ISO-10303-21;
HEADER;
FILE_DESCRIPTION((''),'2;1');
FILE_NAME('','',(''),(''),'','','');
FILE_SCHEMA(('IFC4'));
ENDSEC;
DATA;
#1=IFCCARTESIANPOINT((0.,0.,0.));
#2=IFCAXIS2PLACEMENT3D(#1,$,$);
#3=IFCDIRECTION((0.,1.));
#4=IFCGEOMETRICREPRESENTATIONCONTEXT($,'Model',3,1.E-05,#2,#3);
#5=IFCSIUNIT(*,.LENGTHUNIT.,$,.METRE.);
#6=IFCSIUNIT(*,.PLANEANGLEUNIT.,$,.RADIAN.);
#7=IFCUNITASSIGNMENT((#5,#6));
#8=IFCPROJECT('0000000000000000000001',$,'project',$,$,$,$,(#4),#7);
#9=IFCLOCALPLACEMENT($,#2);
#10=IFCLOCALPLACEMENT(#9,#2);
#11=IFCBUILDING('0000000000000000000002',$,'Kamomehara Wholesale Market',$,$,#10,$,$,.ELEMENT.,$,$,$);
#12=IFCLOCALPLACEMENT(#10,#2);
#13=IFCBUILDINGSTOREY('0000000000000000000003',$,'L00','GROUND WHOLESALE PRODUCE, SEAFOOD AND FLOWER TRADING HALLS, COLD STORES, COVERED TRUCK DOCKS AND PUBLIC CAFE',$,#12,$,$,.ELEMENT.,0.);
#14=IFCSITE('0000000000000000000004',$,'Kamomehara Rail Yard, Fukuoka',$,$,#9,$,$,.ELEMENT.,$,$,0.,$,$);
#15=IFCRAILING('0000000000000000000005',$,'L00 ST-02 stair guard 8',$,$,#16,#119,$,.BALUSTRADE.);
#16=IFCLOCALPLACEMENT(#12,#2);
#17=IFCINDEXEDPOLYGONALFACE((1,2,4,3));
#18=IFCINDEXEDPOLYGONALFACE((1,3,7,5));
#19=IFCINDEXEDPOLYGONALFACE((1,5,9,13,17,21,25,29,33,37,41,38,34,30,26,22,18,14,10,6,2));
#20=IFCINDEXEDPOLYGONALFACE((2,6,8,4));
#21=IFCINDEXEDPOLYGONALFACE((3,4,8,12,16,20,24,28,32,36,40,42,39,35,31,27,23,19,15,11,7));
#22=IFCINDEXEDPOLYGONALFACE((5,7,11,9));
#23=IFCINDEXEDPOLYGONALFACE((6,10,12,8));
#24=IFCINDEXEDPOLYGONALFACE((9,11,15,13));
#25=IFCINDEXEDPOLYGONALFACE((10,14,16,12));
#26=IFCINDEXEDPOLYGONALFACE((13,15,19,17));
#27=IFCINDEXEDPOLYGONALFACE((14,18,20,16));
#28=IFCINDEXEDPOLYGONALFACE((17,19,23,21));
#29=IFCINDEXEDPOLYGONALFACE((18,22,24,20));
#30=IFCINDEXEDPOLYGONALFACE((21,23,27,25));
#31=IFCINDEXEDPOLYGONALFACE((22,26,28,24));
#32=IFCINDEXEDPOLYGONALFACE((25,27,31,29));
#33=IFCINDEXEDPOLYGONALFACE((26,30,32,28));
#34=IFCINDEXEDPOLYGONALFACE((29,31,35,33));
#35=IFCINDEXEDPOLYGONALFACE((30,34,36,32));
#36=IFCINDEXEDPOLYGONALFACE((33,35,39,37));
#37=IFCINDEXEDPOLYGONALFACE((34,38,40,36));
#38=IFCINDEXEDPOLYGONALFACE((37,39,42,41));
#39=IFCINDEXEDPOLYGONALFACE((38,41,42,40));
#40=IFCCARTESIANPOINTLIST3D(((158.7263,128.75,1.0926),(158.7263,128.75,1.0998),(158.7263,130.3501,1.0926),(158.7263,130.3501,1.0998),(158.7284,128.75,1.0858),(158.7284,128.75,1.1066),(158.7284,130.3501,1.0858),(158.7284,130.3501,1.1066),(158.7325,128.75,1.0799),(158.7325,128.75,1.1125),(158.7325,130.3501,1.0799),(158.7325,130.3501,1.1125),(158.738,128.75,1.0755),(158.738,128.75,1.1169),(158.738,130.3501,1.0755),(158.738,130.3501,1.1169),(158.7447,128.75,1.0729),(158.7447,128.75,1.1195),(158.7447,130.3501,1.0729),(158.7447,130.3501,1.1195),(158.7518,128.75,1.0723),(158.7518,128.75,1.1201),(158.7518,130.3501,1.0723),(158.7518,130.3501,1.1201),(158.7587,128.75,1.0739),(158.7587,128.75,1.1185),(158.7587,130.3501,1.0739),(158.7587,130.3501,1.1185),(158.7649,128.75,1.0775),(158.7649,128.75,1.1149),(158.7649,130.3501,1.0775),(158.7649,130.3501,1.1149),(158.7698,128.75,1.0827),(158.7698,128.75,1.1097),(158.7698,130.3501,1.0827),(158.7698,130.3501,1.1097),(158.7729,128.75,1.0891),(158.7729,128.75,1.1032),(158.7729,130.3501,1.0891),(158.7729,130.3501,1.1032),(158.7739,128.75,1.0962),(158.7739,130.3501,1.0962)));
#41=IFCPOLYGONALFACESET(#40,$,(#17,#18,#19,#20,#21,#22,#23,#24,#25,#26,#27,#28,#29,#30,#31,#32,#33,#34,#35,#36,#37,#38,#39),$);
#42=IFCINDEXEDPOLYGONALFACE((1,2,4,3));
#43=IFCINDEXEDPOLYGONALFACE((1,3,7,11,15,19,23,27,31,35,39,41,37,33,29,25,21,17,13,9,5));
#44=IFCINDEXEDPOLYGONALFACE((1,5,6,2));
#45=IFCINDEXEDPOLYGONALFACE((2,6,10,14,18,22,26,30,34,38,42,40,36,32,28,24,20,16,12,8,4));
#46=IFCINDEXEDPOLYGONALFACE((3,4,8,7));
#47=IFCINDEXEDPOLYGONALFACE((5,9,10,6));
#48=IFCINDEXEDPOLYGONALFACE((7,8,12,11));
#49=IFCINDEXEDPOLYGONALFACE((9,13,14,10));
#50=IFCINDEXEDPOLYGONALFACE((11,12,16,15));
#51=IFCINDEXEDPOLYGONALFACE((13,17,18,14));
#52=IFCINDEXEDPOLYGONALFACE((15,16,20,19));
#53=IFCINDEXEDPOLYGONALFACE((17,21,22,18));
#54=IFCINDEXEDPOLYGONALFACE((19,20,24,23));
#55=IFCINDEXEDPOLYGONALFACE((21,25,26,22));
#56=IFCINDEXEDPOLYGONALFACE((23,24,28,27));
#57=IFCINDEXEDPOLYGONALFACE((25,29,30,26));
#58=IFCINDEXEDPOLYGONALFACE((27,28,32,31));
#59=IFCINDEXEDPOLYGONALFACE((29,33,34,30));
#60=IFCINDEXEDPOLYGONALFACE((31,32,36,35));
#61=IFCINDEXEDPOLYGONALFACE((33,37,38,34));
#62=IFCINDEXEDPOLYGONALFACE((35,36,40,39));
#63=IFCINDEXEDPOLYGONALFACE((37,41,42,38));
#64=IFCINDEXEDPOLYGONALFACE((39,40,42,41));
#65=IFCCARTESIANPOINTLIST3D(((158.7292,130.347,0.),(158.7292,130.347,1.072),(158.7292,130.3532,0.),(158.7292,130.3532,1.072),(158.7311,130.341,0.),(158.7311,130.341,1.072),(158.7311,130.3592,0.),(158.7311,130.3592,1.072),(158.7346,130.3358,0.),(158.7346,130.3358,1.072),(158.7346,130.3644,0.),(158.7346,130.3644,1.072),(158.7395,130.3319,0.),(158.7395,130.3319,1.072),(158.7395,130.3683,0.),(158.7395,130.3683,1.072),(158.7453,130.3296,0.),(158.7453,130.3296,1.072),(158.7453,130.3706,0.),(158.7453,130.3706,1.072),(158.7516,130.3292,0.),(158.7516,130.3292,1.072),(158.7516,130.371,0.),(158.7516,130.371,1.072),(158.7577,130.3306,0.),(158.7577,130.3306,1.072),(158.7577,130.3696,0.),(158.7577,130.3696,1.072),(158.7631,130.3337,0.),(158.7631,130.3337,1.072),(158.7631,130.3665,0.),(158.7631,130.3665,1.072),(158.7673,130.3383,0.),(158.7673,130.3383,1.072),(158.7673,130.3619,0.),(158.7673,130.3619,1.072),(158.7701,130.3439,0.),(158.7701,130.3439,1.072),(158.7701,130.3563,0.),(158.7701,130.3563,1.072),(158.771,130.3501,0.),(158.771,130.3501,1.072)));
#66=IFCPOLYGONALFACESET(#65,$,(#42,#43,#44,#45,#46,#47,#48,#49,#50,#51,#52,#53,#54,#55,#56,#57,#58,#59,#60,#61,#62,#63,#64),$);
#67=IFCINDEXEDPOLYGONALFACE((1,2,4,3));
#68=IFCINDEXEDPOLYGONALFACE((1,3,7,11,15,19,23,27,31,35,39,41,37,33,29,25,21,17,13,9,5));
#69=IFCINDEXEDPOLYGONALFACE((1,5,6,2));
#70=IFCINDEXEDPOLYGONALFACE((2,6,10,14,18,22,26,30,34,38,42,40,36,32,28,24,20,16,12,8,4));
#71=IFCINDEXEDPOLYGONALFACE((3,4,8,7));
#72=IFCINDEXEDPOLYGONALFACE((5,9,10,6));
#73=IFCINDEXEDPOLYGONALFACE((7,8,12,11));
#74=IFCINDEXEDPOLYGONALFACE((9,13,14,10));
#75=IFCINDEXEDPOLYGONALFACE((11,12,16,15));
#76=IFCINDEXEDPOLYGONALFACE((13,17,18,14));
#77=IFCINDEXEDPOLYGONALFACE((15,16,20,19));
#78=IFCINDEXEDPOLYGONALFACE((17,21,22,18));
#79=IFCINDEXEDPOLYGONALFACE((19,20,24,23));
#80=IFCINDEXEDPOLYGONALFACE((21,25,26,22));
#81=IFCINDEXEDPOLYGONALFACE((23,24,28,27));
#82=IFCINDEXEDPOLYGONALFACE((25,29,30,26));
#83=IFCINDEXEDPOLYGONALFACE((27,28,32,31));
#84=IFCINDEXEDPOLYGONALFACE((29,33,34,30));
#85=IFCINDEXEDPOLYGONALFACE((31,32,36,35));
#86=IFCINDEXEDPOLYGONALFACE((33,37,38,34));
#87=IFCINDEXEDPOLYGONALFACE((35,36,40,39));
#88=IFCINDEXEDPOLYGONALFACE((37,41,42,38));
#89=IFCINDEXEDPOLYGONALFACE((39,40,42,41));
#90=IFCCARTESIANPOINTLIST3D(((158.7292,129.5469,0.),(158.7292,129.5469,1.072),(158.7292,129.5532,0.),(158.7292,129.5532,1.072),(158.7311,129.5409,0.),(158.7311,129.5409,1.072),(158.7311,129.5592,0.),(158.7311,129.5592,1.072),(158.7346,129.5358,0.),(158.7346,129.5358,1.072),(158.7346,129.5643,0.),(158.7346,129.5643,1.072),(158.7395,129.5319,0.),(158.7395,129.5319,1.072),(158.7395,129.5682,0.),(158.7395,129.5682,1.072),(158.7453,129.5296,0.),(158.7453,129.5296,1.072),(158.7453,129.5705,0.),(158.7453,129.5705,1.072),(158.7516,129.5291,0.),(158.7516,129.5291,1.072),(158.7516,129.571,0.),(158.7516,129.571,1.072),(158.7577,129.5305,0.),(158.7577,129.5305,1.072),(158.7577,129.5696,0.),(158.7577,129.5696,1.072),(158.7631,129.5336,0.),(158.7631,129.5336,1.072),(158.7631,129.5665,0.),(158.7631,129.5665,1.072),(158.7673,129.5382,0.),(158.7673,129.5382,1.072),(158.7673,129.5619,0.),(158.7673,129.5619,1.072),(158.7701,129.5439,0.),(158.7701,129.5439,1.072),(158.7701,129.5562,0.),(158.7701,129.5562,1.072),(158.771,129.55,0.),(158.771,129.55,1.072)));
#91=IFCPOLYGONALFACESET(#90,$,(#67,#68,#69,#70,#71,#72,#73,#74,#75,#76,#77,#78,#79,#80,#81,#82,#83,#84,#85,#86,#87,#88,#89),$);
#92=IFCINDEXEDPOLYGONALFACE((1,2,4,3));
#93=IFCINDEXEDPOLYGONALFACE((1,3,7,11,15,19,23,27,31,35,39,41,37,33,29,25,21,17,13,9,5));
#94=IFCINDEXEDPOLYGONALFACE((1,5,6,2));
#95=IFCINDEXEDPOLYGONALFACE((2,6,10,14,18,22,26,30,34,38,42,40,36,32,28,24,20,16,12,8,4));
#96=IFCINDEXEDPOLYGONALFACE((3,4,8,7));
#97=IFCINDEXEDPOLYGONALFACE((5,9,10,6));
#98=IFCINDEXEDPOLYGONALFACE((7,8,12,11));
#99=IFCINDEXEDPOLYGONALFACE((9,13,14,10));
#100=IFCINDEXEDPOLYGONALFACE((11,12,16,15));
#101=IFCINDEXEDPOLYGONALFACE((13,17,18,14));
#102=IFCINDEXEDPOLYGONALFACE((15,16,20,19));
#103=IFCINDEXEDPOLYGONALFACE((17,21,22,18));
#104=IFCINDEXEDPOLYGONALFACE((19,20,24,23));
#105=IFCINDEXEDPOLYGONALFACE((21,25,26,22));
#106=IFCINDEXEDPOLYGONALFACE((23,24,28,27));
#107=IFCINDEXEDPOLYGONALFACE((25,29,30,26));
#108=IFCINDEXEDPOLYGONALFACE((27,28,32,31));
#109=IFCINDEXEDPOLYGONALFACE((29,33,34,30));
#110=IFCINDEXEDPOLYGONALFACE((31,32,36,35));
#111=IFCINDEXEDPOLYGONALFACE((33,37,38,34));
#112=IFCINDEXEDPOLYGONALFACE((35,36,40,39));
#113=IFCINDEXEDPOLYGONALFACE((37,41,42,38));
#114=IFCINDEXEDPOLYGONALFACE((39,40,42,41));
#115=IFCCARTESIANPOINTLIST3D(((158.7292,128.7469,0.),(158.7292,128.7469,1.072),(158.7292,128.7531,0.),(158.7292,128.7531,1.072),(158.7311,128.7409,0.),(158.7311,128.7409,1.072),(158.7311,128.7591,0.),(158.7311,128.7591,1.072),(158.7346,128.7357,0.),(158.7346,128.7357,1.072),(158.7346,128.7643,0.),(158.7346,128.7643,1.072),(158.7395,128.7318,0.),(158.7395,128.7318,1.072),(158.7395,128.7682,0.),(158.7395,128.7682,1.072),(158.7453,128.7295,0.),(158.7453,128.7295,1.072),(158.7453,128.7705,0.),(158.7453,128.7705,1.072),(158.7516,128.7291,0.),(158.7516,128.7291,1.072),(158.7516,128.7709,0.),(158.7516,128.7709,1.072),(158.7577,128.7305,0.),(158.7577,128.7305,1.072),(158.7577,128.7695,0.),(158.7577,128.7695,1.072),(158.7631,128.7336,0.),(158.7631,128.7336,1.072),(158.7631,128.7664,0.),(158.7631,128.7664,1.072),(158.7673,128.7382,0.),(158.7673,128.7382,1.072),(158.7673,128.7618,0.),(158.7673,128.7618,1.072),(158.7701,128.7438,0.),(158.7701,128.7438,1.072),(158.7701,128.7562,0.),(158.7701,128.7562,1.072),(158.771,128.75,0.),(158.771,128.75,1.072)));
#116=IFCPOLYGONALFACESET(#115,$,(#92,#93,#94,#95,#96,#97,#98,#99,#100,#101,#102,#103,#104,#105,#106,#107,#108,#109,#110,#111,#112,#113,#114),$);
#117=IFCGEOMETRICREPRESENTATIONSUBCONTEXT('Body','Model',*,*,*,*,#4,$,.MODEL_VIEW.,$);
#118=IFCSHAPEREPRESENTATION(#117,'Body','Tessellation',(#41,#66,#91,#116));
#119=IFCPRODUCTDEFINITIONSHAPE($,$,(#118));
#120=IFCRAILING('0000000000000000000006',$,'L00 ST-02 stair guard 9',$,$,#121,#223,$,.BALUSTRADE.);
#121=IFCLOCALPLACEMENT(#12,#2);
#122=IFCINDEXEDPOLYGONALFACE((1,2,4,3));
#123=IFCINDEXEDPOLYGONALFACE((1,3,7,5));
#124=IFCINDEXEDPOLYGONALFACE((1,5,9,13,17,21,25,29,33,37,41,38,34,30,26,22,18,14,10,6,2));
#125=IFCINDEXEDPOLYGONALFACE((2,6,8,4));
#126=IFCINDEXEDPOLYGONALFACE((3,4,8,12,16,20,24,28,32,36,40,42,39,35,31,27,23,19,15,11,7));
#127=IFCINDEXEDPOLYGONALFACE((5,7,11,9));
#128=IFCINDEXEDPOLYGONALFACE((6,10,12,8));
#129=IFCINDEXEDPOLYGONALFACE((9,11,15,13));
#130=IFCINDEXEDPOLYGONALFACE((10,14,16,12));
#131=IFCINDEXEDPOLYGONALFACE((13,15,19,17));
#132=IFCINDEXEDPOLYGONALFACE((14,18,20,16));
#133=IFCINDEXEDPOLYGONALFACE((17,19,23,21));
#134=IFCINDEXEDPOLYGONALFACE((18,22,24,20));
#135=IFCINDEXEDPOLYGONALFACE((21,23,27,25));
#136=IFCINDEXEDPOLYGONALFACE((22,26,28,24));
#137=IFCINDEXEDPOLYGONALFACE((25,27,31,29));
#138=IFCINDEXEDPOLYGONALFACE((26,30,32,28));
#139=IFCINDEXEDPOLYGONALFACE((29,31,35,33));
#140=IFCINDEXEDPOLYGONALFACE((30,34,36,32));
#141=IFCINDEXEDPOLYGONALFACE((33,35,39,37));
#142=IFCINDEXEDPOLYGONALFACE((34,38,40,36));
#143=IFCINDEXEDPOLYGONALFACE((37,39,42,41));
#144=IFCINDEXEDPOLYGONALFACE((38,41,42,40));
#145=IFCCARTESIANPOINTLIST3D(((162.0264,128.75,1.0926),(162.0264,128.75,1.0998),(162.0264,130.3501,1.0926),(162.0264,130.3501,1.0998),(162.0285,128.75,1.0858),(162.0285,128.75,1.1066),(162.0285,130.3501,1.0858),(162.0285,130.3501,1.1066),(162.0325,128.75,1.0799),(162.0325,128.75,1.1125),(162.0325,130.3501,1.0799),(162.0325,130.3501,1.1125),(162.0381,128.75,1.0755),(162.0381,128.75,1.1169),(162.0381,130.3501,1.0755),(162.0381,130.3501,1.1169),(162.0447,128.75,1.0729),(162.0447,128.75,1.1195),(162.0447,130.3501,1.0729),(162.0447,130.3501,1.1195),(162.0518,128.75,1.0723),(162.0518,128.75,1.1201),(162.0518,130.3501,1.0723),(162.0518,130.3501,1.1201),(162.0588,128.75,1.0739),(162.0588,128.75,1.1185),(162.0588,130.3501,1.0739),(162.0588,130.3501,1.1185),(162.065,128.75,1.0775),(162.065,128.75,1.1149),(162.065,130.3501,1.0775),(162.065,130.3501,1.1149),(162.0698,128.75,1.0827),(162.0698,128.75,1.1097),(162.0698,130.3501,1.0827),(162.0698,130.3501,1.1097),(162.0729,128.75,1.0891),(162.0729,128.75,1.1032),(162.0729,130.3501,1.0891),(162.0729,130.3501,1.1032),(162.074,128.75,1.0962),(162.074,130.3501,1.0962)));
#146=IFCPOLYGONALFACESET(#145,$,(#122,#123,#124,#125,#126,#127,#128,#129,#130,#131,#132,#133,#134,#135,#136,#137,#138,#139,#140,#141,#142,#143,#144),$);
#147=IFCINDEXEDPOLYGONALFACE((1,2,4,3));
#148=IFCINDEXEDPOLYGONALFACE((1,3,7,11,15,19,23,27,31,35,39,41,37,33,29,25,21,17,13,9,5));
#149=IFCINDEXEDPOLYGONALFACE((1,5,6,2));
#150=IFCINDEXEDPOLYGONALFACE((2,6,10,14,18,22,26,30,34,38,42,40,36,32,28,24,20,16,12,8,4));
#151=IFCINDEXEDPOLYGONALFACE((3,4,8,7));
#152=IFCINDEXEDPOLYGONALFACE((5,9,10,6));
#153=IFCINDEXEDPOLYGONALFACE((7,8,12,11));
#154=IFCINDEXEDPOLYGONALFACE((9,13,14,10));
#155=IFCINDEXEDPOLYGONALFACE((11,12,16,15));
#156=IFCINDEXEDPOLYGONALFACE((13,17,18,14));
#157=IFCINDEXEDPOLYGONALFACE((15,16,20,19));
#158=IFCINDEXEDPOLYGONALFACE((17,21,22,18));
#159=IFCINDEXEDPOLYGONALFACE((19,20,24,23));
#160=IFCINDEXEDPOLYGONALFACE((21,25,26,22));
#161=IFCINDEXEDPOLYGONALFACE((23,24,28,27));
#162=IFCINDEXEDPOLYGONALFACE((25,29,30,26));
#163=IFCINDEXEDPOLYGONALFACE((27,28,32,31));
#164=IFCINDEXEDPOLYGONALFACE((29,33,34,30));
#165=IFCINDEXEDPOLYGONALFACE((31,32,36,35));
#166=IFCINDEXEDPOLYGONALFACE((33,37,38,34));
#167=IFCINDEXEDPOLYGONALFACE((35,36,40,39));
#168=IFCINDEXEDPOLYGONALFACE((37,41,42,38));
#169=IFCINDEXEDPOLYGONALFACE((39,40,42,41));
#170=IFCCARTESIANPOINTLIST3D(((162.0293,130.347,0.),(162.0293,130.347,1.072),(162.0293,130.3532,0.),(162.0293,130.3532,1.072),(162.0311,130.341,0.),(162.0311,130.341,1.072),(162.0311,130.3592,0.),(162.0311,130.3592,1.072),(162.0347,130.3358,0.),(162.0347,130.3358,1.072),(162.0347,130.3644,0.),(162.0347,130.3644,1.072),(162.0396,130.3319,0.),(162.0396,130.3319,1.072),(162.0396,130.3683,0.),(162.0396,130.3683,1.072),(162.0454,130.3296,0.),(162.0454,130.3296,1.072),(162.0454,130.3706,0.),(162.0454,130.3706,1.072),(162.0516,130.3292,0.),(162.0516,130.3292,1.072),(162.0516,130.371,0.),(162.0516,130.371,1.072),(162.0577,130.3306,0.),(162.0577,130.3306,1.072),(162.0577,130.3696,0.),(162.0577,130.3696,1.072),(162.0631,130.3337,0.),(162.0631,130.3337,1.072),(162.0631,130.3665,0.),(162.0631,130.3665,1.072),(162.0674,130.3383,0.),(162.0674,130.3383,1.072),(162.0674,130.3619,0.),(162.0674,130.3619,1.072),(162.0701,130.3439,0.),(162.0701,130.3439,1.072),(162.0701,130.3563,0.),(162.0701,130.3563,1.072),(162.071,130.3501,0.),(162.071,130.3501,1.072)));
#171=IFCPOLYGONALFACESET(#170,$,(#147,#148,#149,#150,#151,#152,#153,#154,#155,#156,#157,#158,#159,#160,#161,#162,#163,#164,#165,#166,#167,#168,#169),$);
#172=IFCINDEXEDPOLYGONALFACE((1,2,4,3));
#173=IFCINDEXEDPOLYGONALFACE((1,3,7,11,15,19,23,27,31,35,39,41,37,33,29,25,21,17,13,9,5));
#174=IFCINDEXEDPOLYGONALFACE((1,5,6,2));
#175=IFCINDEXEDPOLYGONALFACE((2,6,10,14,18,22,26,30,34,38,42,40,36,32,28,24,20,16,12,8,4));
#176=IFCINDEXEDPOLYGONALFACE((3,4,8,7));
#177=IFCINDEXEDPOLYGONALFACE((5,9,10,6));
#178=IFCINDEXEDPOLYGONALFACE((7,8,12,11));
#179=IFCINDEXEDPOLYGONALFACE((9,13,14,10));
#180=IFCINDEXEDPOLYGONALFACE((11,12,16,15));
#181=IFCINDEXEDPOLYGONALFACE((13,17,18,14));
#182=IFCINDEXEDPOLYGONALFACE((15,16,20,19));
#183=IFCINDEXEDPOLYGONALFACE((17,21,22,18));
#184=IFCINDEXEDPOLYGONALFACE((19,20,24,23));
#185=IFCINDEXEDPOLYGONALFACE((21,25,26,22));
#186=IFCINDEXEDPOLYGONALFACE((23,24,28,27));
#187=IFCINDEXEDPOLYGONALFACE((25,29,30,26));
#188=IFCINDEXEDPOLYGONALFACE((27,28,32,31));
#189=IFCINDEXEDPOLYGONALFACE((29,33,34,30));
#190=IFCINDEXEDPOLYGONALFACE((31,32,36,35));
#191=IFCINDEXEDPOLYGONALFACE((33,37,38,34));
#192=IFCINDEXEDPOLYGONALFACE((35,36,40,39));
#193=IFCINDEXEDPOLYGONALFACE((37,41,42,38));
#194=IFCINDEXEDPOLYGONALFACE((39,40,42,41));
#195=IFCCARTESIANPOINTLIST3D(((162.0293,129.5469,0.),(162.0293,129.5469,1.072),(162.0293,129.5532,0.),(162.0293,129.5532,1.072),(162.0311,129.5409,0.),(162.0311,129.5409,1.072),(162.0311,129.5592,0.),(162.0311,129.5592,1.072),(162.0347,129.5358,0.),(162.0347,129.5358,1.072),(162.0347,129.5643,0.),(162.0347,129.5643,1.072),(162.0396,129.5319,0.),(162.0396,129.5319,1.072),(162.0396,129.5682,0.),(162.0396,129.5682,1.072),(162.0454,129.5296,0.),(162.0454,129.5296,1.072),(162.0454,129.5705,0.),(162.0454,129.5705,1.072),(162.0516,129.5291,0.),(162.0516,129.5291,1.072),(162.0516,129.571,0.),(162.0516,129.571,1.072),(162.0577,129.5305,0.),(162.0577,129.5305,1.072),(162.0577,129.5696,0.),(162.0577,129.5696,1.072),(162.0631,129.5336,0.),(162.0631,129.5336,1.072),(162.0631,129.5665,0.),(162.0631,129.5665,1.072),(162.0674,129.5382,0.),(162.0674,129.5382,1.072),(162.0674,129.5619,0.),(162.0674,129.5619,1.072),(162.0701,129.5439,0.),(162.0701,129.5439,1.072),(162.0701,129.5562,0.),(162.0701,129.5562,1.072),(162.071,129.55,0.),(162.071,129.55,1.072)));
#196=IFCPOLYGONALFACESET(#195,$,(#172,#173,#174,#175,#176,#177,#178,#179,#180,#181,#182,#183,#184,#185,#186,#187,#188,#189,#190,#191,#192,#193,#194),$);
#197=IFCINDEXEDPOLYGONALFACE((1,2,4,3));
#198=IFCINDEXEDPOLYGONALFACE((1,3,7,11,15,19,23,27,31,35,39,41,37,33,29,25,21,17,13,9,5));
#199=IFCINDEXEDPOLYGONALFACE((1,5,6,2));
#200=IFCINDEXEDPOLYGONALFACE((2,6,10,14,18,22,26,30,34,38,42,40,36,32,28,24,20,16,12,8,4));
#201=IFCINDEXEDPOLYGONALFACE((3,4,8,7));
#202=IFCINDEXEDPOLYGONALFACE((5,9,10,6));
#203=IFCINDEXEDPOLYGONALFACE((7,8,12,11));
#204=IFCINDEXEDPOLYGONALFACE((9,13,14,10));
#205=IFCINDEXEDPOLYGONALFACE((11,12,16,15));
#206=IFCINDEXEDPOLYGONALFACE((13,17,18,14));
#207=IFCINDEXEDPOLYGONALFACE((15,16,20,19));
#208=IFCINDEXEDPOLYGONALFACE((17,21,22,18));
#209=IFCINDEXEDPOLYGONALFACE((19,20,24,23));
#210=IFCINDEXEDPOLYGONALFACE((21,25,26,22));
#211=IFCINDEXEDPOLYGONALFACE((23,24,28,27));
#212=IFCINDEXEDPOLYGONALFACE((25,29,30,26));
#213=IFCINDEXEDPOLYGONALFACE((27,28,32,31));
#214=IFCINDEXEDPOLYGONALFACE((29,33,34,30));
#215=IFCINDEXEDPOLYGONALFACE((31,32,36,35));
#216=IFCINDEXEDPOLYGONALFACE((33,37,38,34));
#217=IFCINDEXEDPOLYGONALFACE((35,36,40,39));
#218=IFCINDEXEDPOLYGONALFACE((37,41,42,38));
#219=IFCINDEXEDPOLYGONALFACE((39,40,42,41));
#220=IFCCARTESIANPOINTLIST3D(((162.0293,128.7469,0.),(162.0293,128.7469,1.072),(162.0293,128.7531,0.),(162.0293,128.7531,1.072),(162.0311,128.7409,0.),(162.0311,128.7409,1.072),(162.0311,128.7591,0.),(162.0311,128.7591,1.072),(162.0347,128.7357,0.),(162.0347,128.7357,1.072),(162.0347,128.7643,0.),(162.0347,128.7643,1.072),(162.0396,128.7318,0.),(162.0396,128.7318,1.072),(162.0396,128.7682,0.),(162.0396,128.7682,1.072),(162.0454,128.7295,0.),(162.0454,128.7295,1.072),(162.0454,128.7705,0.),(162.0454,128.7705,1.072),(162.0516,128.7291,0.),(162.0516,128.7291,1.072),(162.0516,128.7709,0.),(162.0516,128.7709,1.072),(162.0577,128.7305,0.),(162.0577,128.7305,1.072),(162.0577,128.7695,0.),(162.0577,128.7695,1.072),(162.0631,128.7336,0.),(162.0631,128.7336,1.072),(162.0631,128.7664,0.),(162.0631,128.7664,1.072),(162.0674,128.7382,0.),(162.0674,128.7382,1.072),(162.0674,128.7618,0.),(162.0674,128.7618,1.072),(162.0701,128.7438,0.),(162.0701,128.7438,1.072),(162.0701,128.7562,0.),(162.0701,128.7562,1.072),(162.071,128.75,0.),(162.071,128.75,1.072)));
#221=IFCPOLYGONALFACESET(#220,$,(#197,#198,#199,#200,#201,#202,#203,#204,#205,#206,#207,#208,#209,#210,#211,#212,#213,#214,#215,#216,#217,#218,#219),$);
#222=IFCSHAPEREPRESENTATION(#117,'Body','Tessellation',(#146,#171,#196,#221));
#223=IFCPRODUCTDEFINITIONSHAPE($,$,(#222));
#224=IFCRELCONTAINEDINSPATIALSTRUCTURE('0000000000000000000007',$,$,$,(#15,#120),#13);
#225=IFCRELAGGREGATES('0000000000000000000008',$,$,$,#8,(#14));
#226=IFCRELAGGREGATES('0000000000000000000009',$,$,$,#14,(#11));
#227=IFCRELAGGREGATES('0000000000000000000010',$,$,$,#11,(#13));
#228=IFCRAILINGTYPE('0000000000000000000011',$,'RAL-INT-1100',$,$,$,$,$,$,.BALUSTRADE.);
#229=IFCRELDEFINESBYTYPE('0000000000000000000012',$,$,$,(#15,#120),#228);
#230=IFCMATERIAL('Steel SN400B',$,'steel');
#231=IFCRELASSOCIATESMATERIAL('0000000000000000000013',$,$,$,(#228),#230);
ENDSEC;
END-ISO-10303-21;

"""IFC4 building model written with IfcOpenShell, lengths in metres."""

from ifc_helpers import new_model, si_unit, direction, frame, origin, origin_2d, place, context, subcontext, project, spatial, circle, extrude, material, type_object, element, save


model = new_model("IFC4")

# Units and contexts
model_context = context("Model", 3, precision=1e-05, world=origin(), true_north=direction((0.0, 1.0)))
body_context = subcontext(model_context, "Body", "Model", "MODEL_VIEW")
ifc_project = project(units=[si_unit("LENGTHUNIT", "METRE"), si_unit("PLANEANGLEUNIT", "RADIAN")], contexts=[model_context])

# Site, building, storey
site_placement = place(None, origin())
site = spatial("IfcSite", under=ifc_project, at=site_placement, Name="Kamomehara Rail Yard, Fukuoka", CompositionType="ELEMENT", RefElevation=0.0)
building_placement = place(site_placement, origin())
building = spatial("IfcBuilding", under=site, at=building_placement, Name="Kamomehara Wholesale Market", CompositionType="ELEMENT")
storey_placement = place(building_placement, origin())
storey = spatial("IfcBuildingStorey", under=building, at=storey_placement, Name="L00", Description="GROUND WHOLESALE PRODUCE, SEAFOOD AND FLOWER TRADING HALLS, COLD STORES, COVERED TRUCK DOCKS AND PUBLIC CAFE", CompositionType="ELEMENT", Elevation=0.0)

# Railings
ifc_material_1 = material(Name="Steel SN400B", Category="steel")
railing_type_1 = type_object("IfcRailingType", Name="RAL-INT-1100", PredefinedType="BALUSTRADE", material=ifc_material_1)
for number, where, name in (
    (1, (158.75, 130.3501, 0.0), "L00 ST-02 stair guard 8"),
    (2, (162.05, 130.3501, 0.0), "L00 ST-02 stair guard 9"),
):
    element("IfcRailing", number, at=place(storey_placement, frame(where)), inside=storey, type_object=railing_type_1, Name=name, PredefinedType="BALUSTRADE", context=body_context, shape_type="SweptSolid", body=[
        extrude(circle(Radius=0.0239, at=origin_2d()), frame((0.0, 0.0, 1.0962), z_axis=(0.0, -1.0, 0.0), x_axis=(1.0, 0.0, 0.0)), (0.0, 0.0, 1.0), 1.6001),
        extrude(circle(Radius=0.021, at=origin_2d()), origin(), (0.0, 0.0, 1.0), 1.072),
        extrude(circle(Radius=0.021, at=origin_2d()), frame((0.0, -0.8, 0.0)), (0.0, 0.0, 1.0), 1.072),
        extrude(circle(Radius=0.021, at=origin_2d()), frame((0.0, -1.6001, 0.0)), (0.0, 0.0, 1.0), 1.072),
    ])

save(model, "model.ifc")
